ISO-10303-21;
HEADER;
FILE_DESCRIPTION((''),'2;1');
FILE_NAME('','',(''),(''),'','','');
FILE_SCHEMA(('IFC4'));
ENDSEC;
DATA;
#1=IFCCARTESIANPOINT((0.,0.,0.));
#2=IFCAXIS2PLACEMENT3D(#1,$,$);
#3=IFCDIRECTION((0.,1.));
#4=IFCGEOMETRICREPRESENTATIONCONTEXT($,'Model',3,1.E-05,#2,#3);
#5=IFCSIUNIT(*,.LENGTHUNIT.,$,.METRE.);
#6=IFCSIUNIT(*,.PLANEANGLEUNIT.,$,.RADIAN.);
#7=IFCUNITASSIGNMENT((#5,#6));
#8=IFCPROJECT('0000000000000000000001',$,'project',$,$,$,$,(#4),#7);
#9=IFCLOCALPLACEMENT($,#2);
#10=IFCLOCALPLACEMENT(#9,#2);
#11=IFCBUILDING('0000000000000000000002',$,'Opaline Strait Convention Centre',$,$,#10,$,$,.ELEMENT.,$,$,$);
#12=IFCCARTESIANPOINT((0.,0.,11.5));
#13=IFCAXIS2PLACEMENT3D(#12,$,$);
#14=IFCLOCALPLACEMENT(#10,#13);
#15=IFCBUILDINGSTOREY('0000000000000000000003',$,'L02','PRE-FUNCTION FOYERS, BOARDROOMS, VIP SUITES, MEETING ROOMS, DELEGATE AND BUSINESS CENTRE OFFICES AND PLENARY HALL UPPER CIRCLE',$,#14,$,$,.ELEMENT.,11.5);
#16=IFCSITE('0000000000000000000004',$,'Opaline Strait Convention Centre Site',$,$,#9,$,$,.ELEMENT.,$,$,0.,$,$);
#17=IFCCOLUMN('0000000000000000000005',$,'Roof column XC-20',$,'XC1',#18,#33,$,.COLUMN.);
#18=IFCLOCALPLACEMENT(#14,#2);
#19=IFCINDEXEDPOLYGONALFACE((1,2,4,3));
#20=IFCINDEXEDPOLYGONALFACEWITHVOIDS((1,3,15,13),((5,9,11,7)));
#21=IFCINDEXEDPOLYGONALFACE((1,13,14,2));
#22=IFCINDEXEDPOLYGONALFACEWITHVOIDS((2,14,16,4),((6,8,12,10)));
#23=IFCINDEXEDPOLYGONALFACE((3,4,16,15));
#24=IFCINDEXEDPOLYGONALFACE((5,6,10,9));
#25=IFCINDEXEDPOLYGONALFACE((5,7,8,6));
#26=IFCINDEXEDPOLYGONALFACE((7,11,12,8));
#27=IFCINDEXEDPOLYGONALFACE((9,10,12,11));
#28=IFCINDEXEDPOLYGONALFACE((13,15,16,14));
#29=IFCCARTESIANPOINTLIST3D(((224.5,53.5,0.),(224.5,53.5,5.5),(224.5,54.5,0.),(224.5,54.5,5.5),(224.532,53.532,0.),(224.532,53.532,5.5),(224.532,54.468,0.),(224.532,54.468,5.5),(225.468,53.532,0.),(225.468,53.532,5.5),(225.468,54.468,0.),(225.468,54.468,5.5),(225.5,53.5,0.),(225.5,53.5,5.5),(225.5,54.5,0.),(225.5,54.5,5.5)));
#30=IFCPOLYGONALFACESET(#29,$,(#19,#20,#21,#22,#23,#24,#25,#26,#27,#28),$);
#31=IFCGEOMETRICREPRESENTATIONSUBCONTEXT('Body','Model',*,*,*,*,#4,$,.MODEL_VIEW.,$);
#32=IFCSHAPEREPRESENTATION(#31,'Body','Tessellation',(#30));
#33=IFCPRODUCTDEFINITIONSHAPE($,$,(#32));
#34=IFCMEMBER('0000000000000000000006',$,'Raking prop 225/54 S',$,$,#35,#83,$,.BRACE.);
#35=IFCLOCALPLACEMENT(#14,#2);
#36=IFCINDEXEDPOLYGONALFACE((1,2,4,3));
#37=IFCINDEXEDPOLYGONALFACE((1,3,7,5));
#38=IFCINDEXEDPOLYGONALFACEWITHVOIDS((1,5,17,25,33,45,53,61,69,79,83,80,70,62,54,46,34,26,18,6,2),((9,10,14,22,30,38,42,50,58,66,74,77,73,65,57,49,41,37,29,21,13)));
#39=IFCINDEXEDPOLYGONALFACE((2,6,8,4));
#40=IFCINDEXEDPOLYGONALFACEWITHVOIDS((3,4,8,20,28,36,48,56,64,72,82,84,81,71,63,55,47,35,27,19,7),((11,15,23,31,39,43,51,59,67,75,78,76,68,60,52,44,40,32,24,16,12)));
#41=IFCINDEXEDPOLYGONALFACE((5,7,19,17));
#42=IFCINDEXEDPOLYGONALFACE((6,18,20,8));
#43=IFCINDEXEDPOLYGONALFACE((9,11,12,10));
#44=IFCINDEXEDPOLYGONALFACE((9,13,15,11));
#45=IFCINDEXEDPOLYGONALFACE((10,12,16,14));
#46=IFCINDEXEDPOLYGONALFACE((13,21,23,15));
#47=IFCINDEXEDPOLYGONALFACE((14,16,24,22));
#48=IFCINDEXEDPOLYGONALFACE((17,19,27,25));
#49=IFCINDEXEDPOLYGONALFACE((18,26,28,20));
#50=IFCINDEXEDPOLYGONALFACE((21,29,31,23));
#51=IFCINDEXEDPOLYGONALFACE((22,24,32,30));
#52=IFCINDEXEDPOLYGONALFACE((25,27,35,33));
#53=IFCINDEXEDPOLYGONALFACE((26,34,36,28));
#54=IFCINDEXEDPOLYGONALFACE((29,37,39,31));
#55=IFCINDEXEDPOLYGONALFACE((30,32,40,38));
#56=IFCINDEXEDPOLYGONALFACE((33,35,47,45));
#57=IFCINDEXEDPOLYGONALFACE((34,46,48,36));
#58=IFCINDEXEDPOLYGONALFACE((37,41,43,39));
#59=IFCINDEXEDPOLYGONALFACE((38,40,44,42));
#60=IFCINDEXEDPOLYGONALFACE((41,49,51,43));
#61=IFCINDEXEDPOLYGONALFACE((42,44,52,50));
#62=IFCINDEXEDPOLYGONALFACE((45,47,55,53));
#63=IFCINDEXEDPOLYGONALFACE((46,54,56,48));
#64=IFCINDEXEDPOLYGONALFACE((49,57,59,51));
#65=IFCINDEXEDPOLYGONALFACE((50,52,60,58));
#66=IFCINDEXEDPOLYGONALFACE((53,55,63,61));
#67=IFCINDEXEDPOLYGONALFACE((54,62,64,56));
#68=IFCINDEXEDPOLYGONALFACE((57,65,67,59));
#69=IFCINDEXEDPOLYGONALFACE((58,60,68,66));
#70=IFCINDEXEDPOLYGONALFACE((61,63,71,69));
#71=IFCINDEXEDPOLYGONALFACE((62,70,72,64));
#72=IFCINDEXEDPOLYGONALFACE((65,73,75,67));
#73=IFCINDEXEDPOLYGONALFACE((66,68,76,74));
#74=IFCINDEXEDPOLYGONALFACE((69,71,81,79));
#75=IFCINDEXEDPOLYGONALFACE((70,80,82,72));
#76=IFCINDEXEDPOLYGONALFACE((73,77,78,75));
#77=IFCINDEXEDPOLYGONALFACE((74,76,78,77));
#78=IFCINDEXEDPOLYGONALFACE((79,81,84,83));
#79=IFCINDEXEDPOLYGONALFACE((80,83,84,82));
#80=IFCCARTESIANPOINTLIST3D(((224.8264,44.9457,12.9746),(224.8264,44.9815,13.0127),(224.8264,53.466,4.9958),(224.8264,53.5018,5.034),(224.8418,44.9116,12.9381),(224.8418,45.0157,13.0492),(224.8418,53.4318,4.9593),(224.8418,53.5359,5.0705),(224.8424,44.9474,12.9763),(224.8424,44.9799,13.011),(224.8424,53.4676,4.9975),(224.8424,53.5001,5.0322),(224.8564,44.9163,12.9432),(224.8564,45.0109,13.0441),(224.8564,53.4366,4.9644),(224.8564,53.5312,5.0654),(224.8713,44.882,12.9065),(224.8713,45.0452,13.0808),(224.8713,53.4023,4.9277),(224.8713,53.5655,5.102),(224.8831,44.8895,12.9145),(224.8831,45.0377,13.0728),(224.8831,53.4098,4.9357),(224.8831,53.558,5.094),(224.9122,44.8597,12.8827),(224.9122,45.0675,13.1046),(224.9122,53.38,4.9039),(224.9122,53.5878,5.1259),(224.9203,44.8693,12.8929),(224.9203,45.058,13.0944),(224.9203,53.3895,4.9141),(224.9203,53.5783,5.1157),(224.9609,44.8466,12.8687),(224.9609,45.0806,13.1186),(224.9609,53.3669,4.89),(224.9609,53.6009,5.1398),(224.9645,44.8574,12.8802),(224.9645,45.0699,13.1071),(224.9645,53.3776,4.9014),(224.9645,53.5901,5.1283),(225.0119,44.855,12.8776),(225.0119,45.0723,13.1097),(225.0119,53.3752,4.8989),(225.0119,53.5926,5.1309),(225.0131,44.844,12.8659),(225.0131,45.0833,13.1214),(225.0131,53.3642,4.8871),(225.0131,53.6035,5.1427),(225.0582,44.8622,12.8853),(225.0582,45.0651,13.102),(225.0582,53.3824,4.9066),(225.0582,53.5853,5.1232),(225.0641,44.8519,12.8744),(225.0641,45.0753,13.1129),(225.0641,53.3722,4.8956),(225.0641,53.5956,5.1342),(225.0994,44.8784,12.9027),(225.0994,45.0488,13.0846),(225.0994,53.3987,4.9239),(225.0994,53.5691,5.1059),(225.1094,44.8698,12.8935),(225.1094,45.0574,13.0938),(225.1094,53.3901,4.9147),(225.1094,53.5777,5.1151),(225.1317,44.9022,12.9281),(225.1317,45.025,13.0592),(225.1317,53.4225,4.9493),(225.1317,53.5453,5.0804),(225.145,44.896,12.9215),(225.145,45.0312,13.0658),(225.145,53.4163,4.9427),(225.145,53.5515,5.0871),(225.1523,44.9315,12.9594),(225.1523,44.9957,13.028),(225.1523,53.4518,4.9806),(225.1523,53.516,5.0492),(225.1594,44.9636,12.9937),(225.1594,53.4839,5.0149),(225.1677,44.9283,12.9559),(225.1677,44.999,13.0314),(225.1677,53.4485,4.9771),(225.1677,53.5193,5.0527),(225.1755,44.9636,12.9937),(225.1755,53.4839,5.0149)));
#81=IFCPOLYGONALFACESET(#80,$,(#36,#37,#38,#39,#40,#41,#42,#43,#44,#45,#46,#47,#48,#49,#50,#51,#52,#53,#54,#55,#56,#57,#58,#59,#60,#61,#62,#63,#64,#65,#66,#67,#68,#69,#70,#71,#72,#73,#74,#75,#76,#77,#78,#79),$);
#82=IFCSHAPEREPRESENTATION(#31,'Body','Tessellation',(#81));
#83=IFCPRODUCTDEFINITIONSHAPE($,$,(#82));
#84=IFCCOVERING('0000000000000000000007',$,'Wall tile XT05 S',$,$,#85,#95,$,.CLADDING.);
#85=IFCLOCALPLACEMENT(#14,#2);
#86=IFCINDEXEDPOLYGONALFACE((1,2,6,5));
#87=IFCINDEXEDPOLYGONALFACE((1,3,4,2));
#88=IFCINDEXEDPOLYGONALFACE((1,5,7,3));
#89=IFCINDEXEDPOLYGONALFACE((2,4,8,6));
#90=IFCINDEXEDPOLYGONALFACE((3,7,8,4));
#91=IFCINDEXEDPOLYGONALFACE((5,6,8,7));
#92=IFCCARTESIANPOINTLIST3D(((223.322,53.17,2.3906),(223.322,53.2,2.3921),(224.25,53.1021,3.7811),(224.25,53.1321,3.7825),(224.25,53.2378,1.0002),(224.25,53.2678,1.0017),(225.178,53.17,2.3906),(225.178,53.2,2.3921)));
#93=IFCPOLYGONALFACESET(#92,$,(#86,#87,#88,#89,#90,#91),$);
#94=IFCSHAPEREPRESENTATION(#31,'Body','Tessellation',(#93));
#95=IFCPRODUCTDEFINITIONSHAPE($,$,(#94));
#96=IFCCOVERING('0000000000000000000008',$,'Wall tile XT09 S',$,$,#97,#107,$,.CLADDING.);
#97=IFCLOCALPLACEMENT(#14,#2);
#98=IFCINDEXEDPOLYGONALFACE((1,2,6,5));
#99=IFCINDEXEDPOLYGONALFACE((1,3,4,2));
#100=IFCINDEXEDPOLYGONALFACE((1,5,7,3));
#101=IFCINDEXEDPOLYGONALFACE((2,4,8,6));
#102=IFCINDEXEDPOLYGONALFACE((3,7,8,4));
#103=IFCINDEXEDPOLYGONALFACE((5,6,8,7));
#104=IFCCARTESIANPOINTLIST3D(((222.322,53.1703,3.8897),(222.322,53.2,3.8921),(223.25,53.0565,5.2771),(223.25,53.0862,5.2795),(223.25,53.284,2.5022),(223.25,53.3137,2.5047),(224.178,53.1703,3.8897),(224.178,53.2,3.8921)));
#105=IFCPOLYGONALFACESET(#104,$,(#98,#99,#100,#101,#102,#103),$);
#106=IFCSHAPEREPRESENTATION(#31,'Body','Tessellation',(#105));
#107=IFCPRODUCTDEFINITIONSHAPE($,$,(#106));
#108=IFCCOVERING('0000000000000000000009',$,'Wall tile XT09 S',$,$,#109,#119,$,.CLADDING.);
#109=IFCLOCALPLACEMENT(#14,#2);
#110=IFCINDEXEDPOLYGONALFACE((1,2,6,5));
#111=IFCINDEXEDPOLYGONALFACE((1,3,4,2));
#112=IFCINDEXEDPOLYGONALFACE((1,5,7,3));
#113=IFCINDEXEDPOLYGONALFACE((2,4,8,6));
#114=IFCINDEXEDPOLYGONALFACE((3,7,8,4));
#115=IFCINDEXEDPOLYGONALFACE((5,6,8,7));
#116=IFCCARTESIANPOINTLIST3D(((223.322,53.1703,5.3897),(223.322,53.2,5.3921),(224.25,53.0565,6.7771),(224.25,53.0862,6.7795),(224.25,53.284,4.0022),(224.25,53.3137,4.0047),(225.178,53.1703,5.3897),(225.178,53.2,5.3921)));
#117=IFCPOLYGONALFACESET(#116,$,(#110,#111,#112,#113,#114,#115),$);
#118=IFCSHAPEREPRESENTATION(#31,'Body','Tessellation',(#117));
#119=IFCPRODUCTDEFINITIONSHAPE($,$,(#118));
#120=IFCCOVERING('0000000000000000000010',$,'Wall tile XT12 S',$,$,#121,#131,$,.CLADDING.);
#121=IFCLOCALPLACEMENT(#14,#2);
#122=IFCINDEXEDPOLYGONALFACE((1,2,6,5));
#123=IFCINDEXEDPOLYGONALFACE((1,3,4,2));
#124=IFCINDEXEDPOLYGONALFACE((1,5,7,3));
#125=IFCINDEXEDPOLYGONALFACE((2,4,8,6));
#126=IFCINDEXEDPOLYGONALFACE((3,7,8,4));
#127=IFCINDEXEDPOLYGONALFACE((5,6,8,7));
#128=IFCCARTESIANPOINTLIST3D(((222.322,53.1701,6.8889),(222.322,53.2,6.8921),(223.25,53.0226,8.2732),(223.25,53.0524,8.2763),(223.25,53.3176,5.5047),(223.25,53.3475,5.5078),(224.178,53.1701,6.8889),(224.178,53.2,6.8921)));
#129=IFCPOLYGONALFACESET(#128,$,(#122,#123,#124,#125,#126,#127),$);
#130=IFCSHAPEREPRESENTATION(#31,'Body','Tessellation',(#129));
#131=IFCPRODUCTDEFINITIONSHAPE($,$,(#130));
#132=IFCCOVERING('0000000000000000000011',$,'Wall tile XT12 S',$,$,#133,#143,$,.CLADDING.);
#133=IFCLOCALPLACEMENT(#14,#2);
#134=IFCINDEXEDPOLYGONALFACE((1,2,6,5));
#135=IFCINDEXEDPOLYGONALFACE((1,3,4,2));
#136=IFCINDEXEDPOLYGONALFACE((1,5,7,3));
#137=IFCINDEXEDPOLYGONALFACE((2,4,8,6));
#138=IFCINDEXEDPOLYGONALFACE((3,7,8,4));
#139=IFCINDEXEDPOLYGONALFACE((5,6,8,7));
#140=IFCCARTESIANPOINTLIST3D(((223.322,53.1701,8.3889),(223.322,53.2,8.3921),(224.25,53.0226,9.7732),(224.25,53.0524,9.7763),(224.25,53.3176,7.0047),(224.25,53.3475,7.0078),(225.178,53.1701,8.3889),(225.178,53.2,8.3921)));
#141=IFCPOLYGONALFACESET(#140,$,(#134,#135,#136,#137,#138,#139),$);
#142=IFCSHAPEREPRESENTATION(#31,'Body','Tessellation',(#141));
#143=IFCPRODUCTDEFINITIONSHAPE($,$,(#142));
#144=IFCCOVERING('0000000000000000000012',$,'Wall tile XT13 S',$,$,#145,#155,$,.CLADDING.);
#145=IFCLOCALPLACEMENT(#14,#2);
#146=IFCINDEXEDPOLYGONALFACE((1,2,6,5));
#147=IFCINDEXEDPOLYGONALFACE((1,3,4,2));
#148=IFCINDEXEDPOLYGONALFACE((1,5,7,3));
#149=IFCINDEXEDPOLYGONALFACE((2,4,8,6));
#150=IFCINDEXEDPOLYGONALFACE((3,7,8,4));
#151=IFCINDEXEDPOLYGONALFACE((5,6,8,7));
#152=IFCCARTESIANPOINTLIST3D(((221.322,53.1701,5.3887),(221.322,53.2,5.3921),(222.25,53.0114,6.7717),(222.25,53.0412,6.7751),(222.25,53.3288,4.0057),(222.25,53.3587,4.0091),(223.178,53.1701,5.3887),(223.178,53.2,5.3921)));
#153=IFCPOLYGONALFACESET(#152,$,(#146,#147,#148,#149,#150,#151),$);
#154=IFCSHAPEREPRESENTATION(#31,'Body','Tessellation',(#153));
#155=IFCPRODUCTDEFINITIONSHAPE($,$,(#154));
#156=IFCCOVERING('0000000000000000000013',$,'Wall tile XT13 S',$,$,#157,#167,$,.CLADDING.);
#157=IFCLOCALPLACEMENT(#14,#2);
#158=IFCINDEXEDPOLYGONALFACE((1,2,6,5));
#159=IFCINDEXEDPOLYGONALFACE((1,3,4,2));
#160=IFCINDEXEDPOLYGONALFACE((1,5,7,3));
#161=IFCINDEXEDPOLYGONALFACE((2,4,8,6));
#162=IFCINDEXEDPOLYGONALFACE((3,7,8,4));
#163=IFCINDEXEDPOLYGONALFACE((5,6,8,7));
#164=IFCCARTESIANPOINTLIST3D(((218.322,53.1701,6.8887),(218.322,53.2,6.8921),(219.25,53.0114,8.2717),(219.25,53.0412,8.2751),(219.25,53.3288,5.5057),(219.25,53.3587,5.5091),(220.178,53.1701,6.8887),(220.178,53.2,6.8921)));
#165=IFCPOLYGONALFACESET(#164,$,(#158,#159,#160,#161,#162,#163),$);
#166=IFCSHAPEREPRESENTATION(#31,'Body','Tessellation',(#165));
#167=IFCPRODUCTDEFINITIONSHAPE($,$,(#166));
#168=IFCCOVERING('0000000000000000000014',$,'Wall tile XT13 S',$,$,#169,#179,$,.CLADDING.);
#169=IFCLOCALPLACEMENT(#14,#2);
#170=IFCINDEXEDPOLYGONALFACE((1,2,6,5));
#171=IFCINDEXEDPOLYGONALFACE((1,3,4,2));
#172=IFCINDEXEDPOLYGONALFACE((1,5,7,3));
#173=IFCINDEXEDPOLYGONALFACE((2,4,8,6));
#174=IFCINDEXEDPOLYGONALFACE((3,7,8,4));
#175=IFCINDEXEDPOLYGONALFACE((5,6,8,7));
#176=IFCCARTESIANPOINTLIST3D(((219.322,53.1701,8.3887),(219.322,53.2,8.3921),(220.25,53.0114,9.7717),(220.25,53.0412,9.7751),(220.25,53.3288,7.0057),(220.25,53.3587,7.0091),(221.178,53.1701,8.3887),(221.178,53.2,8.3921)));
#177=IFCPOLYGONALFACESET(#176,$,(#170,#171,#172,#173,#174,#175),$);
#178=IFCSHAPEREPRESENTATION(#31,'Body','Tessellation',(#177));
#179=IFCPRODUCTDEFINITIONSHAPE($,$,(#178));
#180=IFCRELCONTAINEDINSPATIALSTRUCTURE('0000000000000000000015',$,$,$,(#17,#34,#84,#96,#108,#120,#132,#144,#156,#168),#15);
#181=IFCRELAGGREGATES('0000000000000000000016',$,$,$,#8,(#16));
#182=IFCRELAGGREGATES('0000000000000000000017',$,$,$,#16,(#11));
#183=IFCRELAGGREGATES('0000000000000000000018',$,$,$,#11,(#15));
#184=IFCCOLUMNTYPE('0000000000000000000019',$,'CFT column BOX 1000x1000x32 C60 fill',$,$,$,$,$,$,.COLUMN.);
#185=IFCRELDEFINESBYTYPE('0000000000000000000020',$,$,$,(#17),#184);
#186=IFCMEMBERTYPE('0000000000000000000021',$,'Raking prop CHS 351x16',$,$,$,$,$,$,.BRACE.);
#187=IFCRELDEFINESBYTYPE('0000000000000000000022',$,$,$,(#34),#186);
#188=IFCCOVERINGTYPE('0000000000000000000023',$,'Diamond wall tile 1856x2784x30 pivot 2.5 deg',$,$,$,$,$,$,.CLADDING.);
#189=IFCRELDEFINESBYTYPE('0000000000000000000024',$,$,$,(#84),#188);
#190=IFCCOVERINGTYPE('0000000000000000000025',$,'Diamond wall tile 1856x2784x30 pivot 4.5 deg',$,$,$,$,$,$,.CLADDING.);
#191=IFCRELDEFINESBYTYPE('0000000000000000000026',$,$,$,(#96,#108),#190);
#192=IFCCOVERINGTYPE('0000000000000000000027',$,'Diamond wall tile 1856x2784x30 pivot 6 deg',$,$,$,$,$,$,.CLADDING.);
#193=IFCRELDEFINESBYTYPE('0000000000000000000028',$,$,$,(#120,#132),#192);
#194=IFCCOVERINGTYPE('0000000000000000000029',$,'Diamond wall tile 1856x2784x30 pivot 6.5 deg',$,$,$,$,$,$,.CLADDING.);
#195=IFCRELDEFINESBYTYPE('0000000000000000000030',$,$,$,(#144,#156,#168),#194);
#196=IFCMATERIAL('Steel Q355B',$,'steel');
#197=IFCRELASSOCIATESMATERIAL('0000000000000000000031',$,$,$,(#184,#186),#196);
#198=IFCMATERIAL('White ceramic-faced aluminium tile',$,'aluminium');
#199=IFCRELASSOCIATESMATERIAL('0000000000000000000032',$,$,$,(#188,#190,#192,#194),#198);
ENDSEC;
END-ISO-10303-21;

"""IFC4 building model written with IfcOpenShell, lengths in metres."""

from ifc_helpers import new_model, si_unit, direction, frame, origin, origin_2d, place, context, subcontext, project, spatial, polyline, hollow_rectangle, hollow_circle, outline, extrude, material, material_profile, profile_set, type_object, element, save


model = new_model("IFC4")

# Units and contexts
model_context = context("Model", 3, precision=1e-05, world=origin(), true_north=direction((0.0, 1.0)))
body_context = subcontext(model_context, "Body", "Model", "MODEL_VIEW")
ifc_project = project(units=[si_unit("LENGTHUNIT", "METRE"), si_unit("PLANEANGLEUNIT", "RADIAN")], contexts=[model_context])

# Site, building, storey
site_placement = place(None, origin())
site = spatial("IfcSite", under=ifc_project, at=site_placement, Name="Opaline Strait Convention Centre Site", CompositionType="ELEMENT", RefElevation=0.0)
building_placement = place(site_placement, origin())
building = spatial("IfcBuilding", under=site, at=building_placement, Name="Opaline Strait Convention Centre", CompositionType="ELEMENT")
storey_placement = place(building_placement, frame((0.0, 0.0, 11.5)))
storey = spatial("IfcBuildingStorey", under=building, at=storey_placement, Name="L02", Description="PRE-FUNCTION FOYERS, BOARDROOMS, VIP SUITES, MEETING ROOMS, DELEGATE AND BUSINESS CENTRE OFFICES AND PLENARY HALL UPPER CIRCLE", CompositionType="ELEMENT", Elevation=11.5)

# Column
ifc_material_1 = material(Name="Steel Q355B", Category="steel")
ifc_material_profile_1 = material_profile(ifc_material_1, hollow_rectangle(XDim=1.0, YDim=1.0, WallThickness=0.032, at=origin_2d()), Name="BOX 1000x1000x32")
ifc_profile_set_1 = profile_set([ifc_material_profile_1], Name="Steel Q355B")
column_type = type_object("IfcColumnType", Name="CFT column BOX 1000x1000x32 C60 fill", PredefinedType="COLUMN", material=ifc_profile_set_1)
column_placement = place(storey_placement, frame((225.0, 54.0, 0.0), z_axis=(0.0, 0.0, 1.0), x_axis=(1.0, 0.0, 0.0)))
element("IfcColumn", 1, at=column_placement, inside=storey, type_object=column_type, Name="Roof column XC-20", ObjectType="XC1", PredefinedType="COLUMN", context=body_context, shape_type="SweptSolid", body=[
    extrude(hollow_rectangle(XDim=1.0, YDim=1.0, WallThickness=0.032, at=origin_2d()), origin(), (0.0, 0.0, 1.0), 5.5),
])

# Member
ifc_material_profile_2 = material_profile(ifc_material_1, hollow_circle(Radius=0.1755, WallThickness=0.0161, at=origin_2d()), Name="CHS 351x16")
ifc_profile_set_2 = profile_set([ifc_material_profile_2], Name="Steel Q355B")
member_type = type_object("IfcMemberType", Name="Raking prop CHS 351x16", PredefinedType="BRACE", material=ifc_profile_set_2)
member_placement = place(storey_placement, frame((225.0, 53.4839, 5.0149), z_axis=(0.0, -0.729921, 0.683531), x_axis=(1.0, 0.0, 0.0)))
element("IfcMember", 2, at=member_placement, inside=storey, type_object=member_type, Name="Raking prop 225/54 S", PredefinedType="BRACE", context=body_context, shape_type="SweptSolid", body=[
    extrude(hollow_circle(Radius=0.1755, WallThickness=0.0161, at=origin_2d()), origin(), (0.0, 0.0, 1.0), 11.6729),
])

# Coverings
ifc_material_2 = material(Name="White ceramic-faced aluminium tile", Category="aluminium")
ifc_material_profile_3 = material_profile(ifc_material_2, outline(polyline([(0.928, 0.0), (0.0, 1.3921), (-0.928, 0.0), (0.0, -1.3921), (0.928, 0.0)])), Name="Diamond tile 1856x2784")
ifc_profile_set_3 = profile_set([ifc_material_profile_3], Name="White ceramic-faced aluminium tile")
covering_type_1 = type_object("IfcCoveringType", Name="Diamond wall tile 1856x2784x30 pivot 2.5 deg", PredefinedType="CLADDING", material=ifc_profile_set_3)
covering_placement = place(storey_placement, frame((224.25, 53.2, 2.3921), z_axis=(0.0, -0.998812, -0.048723), x_axis=(1.0, 0.0, 0.0)))
element("IfcCovering", 3, at=covering_placement, inside=storey, type_object=covering_type_1, Name="Wall tile XT05 S", PredefinedType="CLADDING", context=body_context, shape_type="SweptSolid", body=[
    extrude(outline(polyline([(0.928, 0.0), (0.0, 1.3921), (-0.928, 0.0), (0.0, -1.3921), (0.928, 0.0)])), origin(), (0.0, 0.0, 1.0), 0.03),
])
ifc_material_profile_4 = material_profile(ifc_material_2, outline(polyline([(0.928, 0.0), (0.0, 1.3921), (-0.928, 0.0), (0.0, -1.3921), (0.928, 0.0)])), Name="Diamond tile 1856x2784")
ifc_profile_set_4 = profile_set([ifc_material_profile_4], Name="White ceramic-faced aluminium tile")
covering_type_2 = type_object("IfcCoveringType", Name="Diamond wall tile 1856x2784x30 pivot 4.5 deg", PredefinedType="CLADDING", material=ifc_profile_set_4)
for number, where, z_axis, x_axis, name in (
    (4, (223.25, 53.2, 3.8921), (0.0, -0.996658, -0.081693), (1.0, 0.0, 0.0), "Wall tile XT09 S"),
    (5, (224.25, 53.2, 5.3921), (0.0, -0.996658, -0.081693), (1.0, 0.0, 0.0), "Wall tile XT09 S"),
):
    element("IfcCovering", number, at=place(storey_placement, frame(where, z_axis=z_axis, x_axis=x_axis)), inside=storey, type_object=covering_type_2, Name=name, PredefinedType="CLADDING", context=body_context, shape_type="SweptSolid", body=[
        extrude(outline(polyline([(0.928, 0.0), (0.0, 1.3921), (-0.928, 0.0), (0.0, -1.3921), (0.928, 0.0)])), origin(), (0.0, 0.0, 1.0), 0.0298),
    ])
ifc_material_profile_5 = material_profile(ifc_material_2, outline(polyline([(0.928, 0.0), (0.0, 1.3921), (-0.928, 0.0), (0.0, -1.3921), (0.928, 0.0)])), Name="Diamond tile 1856x2784")
ifc_profile_set_5 = profile_set([ifc_material_profile_5], Name="White ceramic-faced aluminium tile")
covering_type_3 = type_object("IfcCoveringType", Name="Diamond wall tile 1856x2784x30 pivot 6 deg", PredefinedType="CLADDING", material=ifc_profile_set_5)
for number, where, z_axis, x_axis, name in (
    (6, (223.25, 53.2, 6.8921), (0.0, -0.994371, -0.105958), (1.0, 0.0, 0.0), "Wall tile XT12 S"),
    (7, (224.25, 53.2, 8.3921), (0.0, -0.994371, -0.105958), (1.0, 0.0, 0.0), "Wall tile XT12 S"),
):
    element("IfcCovering", number, at=place(storey_placement, frame(where, z_axis=z_axis, x_axis=x_axis)), inside=storey, type_object=covering_type_3, Name=name, PredefinedType="CLADDING", context=body_context, shape_type="SweptSolid", body=[
        extrude(outline(polyline([(0.928, 0.0), (0.0, 1.3921), (-0.928, 0.0), (0.0, -1.3921), (0.928, 0.0)])), origin(), (0.0, 0.0, 1.0), 0.03),
    ])
ifc_material_profile_6 = material_profile(ifc_material_2, outline(polyline([(0.928, 0.0), (0.0, 1.3921), (-0.928, 0.0), (0.0, -1.3921), (0.928, 0.0)])), Name="Diamond tile 1856x2784")
ifc_profile_set_6 = profile_set([ifc_material_profile_6], Name="White ceramic-faced aluminium tile")
covering_type_4 = type_object("IfcCoveringType", Name="Diamond wall tile 1856x2784x30 pivot 6.5 deg", PredefinedType="CLADDING", material=ifc_profile_set_6)
for number, where, z_axis, x_axis, name in (
    (8, (222.25, 53.2, 5.3921), (0.0, -0.99348, -0.114006), (1.0, 0.0, 0.0), "Wall tile XT13 S"),
    (9, (219.25, 53.2, 6.8921), (0.0, -0.99348, -0.114006), (1.0, 0.0, 0.0), "Wall tile XT13 S"),
    (10, (220.25, 53.2, 8.3921), (0.0, -0.99348, -0.114006), (1.0, 0.0, 0.0), "Wall tile XT13 S"),
):
    element("IfcCovering", number, at=place(storey_placement, frame(where, z_axis=z_axis, x_axis=x_axis)), inside=storey, type_object=covering_type_4, Name=name, PredefinedType="CLADDING", context=body_context, shape_type="SweptSolid", body=[
        extrude(outline(polyline([(0.928, 0.0), (0.0, 1.3921), (-0.928, 0.0), (0.0, -1.3921), (0.928, 0.0)])), origin(), (0.0, 0.0, 1.0), 0.03),
    ])

save(model, "model.ifc")
